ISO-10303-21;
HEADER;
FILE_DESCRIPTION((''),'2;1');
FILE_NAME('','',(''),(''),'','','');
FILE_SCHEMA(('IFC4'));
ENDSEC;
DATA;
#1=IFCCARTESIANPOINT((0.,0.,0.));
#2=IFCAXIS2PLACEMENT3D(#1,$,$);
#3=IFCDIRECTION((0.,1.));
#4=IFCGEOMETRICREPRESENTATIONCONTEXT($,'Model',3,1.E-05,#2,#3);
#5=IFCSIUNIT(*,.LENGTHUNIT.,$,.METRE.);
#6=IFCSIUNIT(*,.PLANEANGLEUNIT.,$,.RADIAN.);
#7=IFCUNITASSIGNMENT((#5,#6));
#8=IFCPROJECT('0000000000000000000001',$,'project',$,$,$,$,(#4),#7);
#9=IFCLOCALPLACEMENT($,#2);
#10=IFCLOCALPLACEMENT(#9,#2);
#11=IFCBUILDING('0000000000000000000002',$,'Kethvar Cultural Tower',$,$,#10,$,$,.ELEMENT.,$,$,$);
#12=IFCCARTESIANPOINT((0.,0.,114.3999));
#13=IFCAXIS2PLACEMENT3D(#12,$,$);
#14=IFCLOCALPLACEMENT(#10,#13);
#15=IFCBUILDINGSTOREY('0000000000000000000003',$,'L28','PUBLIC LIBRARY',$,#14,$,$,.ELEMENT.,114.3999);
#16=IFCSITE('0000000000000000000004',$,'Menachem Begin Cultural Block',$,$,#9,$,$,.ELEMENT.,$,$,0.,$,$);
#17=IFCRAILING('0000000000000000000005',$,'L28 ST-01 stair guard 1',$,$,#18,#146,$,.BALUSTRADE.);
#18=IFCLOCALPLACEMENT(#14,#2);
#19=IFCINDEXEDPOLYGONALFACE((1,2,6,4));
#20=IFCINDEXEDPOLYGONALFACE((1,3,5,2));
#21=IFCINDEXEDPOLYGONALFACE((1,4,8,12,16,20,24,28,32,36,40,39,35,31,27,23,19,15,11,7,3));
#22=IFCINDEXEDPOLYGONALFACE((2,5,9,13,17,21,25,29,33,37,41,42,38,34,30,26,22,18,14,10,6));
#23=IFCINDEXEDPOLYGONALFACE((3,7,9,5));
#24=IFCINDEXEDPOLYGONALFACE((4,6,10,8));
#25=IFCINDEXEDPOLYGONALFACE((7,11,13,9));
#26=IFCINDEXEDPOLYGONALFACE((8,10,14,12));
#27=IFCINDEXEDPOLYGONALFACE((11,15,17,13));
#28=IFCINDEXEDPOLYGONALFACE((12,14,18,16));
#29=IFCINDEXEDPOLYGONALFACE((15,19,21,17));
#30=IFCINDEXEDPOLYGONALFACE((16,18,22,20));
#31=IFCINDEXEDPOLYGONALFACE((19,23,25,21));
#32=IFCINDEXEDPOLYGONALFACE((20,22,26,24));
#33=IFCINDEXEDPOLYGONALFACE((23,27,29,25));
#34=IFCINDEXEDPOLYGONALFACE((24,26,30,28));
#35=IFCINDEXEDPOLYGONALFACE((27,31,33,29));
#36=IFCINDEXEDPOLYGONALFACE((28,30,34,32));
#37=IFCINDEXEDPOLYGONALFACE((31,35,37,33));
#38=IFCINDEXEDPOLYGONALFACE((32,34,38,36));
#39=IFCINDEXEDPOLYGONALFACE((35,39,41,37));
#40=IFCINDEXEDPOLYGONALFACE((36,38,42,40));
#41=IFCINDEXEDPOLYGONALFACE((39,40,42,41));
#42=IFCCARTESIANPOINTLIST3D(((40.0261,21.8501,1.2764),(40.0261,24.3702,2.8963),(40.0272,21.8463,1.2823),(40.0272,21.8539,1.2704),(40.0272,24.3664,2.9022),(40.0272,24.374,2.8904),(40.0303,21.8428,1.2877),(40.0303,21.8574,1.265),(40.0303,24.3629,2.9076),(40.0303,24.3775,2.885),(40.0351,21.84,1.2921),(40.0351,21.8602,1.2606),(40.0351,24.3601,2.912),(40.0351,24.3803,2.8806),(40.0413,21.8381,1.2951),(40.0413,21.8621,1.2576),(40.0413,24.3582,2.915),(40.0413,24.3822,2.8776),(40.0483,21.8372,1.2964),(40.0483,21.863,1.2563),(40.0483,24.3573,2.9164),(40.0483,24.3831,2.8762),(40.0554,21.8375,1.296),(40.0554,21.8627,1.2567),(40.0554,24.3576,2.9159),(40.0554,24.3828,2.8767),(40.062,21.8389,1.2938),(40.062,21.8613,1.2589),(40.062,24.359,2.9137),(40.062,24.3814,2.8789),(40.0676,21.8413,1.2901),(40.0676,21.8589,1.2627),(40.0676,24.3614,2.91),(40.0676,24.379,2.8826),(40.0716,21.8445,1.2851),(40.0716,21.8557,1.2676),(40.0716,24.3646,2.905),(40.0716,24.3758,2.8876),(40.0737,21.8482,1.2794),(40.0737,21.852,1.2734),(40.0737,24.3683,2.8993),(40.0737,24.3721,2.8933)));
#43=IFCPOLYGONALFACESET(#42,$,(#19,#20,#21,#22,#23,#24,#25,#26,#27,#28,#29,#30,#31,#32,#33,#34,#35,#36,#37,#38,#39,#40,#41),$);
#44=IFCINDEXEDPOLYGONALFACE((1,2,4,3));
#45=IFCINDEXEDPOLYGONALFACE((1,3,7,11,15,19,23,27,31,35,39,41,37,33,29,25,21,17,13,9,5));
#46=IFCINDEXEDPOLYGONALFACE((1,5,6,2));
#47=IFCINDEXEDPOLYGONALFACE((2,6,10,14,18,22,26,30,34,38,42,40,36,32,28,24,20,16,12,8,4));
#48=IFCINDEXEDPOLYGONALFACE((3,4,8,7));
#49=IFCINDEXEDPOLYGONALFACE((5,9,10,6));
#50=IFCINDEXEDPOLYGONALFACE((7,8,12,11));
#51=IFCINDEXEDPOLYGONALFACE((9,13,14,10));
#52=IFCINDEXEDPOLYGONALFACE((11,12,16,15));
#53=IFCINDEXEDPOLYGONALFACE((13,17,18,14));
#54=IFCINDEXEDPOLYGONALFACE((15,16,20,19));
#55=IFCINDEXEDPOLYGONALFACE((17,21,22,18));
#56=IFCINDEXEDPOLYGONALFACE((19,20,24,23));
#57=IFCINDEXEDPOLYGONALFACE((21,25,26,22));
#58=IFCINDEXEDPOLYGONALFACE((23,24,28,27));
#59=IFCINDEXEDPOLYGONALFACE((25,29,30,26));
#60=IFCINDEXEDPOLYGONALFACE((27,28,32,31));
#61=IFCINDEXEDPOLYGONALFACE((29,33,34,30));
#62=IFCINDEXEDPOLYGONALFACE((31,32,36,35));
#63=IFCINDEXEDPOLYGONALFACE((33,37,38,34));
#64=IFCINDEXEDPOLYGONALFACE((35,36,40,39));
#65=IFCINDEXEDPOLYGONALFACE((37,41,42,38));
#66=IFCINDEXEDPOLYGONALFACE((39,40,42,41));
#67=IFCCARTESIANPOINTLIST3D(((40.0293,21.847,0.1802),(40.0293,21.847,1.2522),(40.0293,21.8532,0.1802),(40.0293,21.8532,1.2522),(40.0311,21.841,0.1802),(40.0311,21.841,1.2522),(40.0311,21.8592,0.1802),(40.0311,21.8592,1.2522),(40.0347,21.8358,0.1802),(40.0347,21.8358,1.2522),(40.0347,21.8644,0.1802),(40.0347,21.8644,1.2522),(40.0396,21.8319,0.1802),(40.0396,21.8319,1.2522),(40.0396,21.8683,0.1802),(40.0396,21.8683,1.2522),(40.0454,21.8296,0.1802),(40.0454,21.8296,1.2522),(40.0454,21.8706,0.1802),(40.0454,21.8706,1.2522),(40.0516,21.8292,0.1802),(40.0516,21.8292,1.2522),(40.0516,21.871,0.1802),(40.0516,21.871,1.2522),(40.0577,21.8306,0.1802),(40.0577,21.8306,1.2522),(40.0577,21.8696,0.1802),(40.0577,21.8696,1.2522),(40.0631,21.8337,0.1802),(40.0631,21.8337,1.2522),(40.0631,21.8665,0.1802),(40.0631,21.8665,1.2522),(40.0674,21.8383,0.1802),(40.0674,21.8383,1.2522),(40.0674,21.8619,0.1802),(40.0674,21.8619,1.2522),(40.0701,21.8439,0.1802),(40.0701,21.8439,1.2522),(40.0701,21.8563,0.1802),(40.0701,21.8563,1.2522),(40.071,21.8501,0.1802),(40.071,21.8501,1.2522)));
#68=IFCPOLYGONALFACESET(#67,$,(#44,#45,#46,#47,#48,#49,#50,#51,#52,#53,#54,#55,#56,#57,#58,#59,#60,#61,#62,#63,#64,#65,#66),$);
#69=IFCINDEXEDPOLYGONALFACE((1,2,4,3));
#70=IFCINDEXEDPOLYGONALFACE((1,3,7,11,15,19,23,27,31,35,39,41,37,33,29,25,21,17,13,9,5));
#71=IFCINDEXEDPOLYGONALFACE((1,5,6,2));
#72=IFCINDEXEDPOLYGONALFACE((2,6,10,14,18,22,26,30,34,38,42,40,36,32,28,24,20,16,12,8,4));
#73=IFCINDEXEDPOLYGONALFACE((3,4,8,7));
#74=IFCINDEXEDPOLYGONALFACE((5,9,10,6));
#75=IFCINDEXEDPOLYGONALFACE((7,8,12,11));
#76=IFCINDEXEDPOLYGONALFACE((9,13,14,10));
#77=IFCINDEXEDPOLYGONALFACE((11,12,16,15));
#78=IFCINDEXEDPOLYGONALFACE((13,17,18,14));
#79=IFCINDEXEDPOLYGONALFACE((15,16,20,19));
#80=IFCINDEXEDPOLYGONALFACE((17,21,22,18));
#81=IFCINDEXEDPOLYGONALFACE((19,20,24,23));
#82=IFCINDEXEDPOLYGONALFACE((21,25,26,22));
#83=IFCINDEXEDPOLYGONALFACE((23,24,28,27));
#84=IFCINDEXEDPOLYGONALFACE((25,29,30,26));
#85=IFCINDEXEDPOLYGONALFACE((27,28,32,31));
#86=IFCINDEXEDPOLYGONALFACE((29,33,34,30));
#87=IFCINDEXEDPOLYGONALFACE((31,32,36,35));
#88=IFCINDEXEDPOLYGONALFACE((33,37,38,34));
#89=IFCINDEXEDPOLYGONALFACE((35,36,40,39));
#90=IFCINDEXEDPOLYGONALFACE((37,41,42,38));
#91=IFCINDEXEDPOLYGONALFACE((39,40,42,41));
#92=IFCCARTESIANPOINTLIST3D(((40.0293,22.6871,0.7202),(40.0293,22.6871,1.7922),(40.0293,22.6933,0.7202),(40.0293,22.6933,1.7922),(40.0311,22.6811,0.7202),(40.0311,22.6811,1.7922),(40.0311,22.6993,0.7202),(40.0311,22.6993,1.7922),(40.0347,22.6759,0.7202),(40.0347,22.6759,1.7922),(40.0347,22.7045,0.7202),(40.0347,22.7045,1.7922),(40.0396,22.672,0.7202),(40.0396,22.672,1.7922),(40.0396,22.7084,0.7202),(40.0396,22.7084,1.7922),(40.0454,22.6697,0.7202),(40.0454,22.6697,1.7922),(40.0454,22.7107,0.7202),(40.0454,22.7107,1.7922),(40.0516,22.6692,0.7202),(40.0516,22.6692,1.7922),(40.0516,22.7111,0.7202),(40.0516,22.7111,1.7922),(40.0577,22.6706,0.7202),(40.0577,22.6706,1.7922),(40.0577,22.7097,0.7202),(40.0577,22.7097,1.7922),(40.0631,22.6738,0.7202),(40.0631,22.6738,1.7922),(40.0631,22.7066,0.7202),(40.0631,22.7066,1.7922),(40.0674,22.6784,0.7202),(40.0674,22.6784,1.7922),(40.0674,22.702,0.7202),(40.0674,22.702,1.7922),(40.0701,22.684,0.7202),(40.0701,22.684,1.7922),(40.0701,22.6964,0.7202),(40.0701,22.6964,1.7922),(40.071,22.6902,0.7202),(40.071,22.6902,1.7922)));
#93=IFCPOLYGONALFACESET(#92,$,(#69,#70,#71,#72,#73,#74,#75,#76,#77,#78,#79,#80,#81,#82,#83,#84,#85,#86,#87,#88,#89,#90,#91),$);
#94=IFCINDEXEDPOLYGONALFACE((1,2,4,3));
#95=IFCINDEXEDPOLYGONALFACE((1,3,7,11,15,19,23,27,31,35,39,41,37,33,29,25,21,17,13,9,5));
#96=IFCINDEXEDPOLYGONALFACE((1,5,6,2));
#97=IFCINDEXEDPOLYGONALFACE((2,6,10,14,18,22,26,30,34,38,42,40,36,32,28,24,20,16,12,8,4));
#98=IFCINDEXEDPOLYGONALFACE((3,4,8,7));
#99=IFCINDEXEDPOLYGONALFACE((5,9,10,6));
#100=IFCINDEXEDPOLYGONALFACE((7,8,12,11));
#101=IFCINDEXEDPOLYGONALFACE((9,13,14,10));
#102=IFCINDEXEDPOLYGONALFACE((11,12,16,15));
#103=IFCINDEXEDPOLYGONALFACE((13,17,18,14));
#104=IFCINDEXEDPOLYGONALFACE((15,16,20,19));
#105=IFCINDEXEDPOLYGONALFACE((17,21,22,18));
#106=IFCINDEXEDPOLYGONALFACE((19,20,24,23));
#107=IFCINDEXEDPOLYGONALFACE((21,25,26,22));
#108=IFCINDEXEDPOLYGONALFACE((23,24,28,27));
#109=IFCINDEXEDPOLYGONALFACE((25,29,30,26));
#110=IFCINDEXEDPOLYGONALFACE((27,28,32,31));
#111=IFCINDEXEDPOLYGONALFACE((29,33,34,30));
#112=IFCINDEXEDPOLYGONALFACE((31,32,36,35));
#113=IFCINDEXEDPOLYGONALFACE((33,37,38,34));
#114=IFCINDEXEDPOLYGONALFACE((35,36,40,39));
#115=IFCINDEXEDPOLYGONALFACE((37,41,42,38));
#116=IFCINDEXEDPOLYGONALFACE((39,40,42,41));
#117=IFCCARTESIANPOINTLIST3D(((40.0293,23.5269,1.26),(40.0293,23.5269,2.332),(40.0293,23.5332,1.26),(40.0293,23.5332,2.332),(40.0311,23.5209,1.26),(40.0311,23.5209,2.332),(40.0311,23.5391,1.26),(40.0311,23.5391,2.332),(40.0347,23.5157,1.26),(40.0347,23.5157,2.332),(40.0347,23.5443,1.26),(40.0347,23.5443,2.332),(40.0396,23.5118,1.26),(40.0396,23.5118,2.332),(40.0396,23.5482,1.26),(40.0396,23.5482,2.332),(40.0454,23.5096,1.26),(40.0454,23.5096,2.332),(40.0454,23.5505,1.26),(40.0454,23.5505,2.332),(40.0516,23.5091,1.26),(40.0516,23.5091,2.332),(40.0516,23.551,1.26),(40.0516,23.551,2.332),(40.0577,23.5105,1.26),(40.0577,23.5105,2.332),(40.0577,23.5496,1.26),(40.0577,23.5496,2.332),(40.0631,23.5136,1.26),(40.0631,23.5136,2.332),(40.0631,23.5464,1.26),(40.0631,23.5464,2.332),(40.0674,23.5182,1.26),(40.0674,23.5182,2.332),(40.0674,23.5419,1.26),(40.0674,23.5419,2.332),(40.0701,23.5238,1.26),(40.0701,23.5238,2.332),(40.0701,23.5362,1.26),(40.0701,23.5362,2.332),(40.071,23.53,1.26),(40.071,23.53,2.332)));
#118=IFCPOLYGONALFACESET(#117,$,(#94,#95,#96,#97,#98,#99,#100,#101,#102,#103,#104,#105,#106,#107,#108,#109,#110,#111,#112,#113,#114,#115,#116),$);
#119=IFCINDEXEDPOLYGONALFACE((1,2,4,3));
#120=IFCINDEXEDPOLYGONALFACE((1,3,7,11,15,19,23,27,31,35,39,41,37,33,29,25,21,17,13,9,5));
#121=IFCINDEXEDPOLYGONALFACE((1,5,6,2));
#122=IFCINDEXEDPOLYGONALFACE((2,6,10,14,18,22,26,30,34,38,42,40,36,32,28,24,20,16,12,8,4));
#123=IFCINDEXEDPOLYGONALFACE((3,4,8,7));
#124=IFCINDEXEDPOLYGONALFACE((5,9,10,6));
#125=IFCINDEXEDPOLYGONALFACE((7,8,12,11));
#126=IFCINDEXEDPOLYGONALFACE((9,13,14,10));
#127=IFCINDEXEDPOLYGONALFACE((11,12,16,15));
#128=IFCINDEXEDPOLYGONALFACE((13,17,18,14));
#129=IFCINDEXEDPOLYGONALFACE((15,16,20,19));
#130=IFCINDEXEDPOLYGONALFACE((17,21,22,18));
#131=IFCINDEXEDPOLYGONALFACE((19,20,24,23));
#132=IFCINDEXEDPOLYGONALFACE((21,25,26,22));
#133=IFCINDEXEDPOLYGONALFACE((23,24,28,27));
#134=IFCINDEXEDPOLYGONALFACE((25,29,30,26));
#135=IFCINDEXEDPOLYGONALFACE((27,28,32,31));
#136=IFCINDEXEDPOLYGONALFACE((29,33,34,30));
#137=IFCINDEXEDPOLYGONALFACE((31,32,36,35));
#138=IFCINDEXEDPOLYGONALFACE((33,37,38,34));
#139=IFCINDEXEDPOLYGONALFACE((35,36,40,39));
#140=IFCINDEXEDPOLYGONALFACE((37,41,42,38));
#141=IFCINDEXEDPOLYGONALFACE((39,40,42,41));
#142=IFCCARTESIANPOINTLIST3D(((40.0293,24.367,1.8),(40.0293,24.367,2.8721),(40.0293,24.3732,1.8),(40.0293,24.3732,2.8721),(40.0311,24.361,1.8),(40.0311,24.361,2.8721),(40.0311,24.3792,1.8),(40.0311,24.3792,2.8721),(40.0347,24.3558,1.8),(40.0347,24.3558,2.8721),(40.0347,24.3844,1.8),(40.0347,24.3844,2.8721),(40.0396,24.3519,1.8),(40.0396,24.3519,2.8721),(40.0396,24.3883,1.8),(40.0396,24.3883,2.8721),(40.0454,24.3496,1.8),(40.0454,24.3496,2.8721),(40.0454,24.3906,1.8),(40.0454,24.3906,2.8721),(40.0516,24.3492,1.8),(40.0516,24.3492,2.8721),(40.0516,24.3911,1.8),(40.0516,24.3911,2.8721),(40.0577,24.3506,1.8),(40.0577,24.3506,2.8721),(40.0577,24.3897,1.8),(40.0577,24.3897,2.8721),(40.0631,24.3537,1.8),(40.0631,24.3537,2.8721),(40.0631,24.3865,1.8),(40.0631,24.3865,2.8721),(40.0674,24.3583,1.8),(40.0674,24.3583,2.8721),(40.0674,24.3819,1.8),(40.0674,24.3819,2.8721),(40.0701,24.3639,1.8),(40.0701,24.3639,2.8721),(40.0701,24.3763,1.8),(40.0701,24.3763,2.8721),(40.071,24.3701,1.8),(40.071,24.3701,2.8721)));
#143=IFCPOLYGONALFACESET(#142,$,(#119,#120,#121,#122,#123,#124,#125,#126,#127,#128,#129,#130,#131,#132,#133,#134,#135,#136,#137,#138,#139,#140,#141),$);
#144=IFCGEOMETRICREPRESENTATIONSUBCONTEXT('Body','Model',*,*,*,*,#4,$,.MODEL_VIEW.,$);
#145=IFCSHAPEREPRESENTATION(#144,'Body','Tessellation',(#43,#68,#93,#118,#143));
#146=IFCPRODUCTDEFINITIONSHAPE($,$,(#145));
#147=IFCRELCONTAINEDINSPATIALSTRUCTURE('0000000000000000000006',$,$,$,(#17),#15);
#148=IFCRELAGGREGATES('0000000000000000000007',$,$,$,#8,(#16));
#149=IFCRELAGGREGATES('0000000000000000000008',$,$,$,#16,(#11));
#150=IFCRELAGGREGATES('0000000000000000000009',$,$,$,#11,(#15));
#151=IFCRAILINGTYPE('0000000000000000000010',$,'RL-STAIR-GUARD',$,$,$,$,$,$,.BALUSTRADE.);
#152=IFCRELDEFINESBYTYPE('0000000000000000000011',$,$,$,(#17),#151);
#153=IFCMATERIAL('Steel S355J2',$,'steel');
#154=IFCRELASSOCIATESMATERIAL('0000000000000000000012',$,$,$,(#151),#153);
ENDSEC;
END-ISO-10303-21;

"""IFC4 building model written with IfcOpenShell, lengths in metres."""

from ifc_helpers import new_model, si_unit, direction, frame, origin, origin_2d, place, context, subcontext, project, spatial, circle, extrude, material, type_object, element, save


model = new_model("IFC4")

# Units and contexts
model_context = context("Model", 3, precision=1e-05, world=origin(), true_north=direction((0.0, 1.0)))
body_context = subcontext(model_context, "Body", "Model", "MODEL_VIEW")
ifc_project = project(units=[si_unit("LENGTHUNIT", "METRE"), si_unit("PLANEANGLEUNIT", "RADIAN")], contexts=[model_context])

# Site, building, storey
site_placement = place(None, origin())
site = spatial("IfcSite", under=ifc_project, at=site_placement, Name="Menachem Begin Cultural Block", CompositionType="ELEMENT", RefElevation=0.0)
building_placement = place(site_placement, origin())
building = spatial("IfcBuilding", under=site, at=building_placement, Name="Kethvar Cultural Tower", CompositionType="ELEMENT")
storey_placement = place(building_placement, frame((0.0, 0.0, 114.3999)))
storey = spatial("IfcBuildingStorey", under=building, at=storey_placement, Name="L28", Description="PUBLIC LIBRARY", CompositionType="ELEMENT", Elevation=114.3999)

# Shared definitions
ifc_material_1 = material(Name="Steel S355J2", Category="steel")

# Railing
railing_type_1 = type_object("IfcRailingType", Name="RL-STAIR-GUARD", PredefinedType="BALUSTRADE", material=ifc_material_1)
railing_1_placement = place(storey_placement, frame((40.05, 21.8501, 0.1802)))
element("IfcRailing", 1, at=railing_1_placement, inside=storey, type_object=railing_type_1, Name="L28 ST-01 stair guard 1", PredefinedType="BALUSTRADE", context=body_context, shape_type="SweptSolid", body=[
    extrude(circle(Radius=0.0239, at=origin_2d()), frame((0.0, 0.0, 1.0962), z_axis=(0.0, 0.8412, 0.540725), x_axis=(-1.0, 0.0, 0.0)), (0.0, 0.0, 1.0), 2.9958),
    extrude(circle(Radius=0.021, at=origin_2d()), origin(), (0.0, 0.0, 1.0), 1.072),
    extrude(circle(Radius=0.021, at=origin_2d()), frame((0.0, 0.8401, 0.54)), (0.0, 0.0, 1.0), 1.072),
    extrude(circle(Radius=0.021, at=origin_2d()), frame((0.0, 1.6799, 1.0798)), (0.0, 0.0, 1.0), 1.072),
    extrude(circle(Radius=0.021, at=origin_2d()), frame((0.0, 2.52, 1.6199)), (0.0, 0.0, 1.0), 1.072),
])

save(model, "model.ifc")
